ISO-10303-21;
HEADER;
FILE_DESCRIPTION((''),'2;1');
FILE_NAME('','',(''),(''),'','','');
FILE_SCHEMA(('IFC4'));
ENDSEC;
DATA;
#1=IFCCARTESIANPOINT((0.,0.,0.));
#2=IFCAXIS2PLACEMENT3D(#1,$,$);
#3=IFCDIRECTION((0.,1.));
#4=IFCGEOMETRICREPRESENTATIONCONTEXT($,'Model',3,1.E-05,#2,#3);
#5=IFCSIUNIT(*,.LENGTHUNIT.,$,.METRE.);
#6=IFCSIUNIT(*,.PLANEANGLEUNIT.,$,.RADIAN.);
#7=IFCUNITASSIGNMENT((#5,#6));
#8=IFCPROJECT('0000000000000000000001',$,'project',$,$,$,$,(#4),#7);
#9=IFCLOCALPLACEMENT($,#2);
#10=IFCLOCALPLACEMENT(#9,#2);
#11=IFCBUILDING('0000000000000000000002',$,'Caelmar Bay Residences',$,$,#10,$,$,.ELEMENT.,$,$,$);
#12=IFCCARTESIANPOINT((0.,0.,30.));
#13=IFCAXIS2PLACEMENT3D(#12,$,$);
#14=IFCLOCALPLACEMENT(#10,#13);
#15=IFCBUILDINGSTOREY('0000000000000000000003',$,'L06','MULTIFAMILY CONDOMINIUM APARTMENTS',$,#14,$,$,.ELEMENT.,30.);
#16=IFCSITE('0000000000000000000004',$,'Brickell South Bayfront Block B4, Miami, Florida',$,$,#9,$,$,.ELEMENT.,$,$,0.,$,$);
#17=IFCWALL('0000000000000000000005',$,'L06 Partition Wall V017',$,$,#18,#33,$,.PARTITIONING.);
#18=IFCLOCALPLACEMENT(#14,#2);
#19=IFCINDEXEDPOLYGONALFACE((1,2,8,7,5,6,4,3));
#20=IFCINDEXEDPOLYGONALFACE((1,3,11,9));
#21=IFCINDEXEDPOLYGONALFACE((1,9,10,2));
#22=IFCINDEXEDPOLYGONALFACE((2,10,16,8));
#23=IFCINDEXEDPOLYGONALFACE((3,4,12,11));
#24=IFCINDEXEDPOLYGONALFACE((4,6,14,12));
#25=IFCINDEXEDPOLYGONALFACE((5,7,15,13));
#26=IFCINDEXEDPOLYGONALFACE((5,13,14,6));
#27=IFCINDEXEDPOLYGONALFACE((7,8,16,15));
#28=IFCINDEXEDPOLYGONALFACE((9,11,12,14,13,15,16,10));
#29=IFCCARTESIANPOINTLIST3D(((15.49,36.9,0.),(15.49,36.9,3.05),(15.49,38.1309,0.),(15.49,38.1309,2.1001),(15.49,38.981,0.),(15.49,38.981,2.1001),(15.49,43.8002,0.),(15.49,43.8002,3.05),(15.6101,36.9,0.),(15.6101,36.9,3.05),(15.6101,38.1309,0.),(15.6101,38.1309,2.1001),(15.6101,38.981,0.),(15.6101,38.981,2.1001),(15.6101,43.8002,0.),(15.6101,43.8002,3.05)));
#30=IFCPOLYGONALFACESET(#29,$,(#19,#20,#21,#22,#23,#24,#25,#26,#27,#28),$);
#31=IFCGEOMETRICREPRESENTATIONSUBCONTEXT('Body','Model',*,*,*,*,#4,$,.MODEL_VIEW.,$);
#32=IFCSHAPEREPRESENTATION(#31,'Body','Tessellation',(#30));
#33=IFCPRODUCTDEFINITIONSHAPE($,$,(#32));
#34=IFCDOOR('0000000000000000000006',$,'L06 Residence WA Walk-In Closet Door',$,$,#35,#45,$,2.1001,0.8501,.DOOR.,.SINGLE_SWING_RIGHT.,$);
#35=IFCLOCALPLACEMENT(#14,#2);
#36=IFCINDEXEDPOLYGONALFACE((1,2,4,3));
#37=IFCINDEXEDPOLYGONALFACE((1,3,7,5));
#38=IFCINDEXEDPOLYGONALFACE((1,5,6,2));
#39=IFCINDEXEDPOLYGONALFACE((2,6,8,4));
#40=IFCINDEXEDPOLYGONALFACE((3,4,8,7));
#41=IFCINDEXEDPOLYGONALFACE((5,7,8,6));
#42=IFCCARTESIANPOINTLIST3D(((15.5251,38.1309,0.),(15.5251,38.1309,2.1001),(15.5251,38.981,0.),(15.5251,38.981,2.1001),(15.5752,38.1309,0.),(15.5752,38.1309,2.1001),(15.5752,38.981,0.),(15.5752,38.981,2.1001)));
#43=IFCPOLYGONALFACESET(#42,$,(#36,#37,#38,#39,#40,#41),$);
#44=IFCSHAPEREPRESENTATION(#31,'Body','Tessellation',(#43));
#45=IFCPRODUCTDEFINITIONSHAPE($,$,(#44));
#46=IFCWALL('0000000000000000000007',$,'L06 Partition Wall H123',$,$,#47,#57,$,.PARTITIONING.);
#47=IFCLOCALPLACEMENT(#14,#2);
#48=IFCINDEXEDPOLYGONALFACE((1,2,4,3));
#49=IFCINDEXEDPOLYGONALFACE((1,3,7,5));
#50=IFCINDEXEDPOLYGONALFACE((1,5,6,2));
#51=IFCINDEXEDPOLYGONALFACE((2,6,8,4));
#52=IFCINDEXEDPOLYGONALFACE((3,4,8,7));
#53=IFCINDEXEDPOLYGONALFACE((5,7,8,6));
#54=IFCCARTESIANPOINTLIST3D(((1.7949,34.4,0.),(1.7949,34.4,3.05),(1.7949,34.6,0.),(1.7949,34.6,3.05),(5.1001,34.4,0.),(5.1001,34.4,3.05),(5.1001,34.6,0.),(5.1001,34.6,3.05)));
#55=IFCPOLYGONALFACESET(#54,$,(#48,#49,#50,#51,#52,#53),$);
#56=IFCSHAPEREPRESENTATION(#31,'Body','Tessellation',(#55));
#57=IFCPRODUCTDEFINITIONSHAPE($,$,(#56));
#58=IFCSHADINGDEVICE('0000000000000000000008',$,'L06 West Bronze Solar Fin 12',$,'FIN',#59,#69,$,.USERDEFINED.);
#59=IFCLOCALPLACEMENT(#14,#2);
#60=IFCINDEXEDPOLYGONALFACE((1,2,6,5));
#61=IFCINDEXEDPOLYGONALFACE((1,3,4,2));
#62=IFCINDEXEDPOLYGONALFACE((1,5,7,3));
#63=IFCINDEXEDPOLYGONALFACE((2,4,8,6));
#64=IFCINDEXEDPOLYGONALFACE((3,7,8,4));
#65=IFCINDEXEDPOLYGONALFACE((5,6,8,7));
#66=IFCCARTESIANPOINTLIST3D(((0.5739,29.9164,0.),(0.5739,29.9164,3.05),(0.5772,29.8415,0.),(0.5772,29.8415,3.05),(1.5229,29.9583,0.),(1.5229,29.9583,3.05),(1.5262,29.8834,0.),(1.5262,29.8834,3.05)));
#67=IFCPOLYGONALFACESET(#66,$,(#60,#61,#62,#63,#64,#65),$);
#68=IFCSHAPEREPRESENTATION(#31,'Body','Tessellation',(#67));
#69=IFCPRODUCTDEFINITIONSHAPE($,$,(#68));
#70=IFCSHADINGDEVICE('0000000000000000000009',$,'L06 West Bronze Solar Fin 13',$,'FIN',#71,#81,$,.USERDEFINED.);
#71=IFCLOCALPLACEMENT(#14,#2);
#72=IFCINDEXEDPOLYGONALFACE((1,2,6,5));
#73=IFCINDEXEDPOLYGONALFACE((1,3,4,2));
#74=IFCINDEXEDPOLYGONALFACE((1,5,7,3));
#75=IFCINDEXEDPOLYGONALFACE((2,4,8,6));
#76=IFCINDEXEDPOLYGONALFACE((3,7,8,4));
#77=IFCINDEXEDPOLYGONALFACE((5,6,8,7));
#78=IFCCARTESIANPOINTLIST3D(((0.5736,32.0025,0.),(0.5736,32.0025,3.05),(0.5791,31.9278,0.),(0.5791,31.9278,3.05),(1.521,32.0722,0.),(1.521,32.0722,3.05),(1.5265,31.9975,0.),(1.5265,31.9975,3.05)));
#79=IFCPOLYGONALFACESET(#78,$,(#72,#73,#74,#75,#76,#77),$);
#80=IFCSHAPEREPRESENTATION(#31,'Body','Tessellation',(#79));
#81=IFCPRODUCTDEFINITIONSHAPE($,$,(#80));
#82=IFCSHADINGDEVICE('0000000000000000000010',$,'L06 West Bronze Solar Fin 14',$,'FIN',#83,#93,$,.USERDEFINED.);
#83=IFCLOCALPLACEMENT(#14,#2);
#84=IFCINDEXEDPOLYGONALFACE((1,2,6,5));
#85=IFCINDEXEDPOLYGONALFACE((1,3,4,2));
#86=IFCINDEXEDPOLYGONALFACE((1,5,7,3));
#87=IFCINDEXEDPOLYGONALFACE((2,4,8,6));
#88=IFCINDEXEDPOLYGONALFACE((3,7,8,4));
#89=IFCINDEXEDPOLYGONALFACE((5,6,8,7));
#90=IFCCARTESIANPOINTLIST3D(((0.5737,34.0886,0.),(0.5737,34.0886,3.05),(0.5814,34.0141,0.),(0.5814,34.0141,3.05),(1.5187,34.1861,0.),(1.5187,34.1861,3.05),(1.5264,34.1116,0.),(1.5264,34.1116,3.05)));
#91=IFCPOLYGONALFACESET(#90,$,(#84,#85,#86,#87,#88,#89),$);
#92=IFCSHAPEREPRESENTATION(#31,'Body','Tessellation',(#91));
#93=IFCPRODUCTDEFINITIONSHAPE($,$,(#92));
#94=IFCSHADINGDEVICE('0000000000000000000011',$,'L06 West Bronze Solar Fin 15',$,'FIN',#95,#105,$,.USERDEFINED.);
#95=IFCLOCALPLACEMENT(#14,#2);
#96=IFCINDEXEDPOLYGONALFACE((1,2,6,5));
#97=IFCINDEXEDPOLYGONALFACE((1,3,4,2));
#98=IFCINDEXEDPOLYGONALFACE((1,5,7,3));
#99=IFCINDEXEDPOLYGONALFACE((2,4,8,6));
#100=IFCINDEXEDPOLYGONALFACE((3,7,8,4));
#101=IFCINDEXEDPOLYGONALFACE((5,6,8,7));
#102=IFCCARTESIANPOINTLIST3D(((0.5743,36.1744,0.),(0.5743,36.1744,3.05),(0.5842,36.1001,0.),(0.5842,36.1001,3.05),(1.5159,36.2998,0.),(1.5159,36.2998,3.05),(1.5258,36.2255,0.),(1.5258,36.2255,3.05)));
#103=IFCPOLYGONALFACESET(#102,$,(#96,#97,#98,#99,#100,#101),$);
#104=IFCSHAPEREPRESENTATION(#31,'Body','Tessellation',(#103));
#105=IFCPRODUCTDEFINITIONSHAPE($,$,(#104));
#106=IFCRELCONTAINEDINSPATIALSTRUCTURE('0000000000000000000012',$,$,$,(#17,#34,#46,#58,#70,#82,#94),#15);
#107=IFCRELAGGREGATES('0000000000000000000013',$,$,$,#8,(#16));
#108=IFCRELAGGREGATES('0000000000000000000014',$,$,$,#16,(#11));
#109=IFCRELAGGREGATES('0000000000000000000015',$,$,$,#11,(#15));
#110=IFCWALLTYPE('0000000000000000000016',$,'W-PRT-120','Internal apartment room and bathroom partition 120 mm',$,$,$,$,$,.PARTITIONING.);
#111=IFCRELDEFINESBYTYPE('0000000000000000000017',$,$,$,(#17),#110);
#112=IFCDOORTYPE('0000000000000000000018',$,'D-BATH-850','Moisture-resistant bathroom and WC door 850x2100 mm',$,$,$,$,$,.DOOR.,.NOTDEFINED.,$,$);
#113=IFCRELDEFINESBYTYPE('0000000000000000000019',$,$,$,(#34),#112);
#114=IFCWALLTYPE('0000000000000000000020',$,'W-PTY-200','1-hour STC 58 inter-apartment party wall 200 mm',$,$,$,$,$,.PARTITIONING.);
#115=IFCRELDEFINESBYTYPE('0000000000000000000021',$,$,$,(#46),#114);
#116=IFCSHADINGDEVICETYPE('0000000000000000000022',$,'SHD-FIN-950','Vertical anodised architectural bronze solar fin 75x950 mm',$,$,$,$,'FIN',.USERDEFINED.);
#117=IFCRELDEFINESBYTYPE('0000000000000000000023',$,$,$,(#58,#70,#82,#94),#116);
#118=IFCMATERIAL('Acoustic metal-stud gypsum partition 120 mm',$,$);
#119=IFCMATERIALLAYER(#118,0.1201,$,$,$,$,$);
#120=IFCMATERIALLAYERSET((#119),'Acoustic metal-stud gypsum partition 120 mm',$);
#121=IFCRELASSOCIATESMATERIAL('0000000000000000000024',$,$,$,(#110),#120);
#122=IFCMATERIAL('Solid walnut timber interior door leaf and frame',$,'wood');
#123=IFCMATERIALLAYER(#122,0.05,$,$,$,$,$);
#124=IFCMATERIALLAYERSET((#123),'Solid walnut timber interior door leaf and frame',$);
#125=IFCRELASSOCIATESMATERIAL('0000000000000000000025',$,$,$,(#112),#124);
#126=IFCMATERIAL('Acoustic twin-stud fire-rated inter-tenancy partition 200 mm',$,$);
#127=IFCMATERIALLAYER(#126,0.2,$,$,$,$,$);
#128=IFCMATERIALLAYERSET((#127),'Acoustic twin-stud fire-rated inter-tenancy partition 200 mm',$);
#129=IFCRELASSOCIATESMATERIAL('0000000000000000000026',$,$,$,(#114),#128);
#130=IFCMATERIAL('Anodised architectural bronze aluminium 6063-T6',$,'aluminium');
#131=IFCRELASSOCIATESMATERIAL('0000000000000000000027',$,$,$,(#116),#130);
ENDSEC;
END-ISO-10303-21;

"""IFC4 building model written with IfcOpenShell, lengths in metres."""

from ifc_helpers import new_model, si_unit, direction, frame, frame_2d, origin, origin_2d, place, context, subcontext, project, spatial, rectangle, extrude, material, layer, layer_set, material_profile, profile_set, type_object, element, fill, save


model = new_model("IFC4")

# Units and contexts
model_context = context("Model", 3, precision=1e-05, world=origin(), true_north=direction((0.0, 1.0)))
body_context = subcontext(model_context, "Body", "Model", "MODEL_VIEW")
ifc_project = project(units=[si_unit("LENGTHUNIT", "METRE"), si_unit("PLANEANGLEUNIT", "RADIAN")], contexts=[model_context])

# Site, building, storey
site_placement = place(None, origin())
site = spatial("IfcSite", under=ifc_project, at=site_placement, Name="Brickell South Bayfront Block B4, Miami, Florida", CompositionType="ELEMENT", RefElevation=0.0)
building_placement = place(site_placement, origin())
building = spatial("IfcBuilding", under=site, at=building_placement, Name="Caelmar Bay Residences", CompositionType="ELEMENT")
storey_placement = place(building_placement, frame((0.0, 0.0, 30.0)))
storey = spatial("IfcBuildingStorey", under=building, at=storey_placement, Name="L06", Description="MULTIFAMILY CONDOMINIUM APARTMENTS", CompositionType="ELEMENT", Elevation=30.0)

# Shared definitions
ifc_material_1 = material(Name="Acoustic metal-stud gypsum partition 120 mm")
ifc_layer_1 = layer(ifc_material_1, 0.1201)
ifc_layer_set_1 = layer_set([ifc_layer_1], Name="Acoustic metal-stud gypsum partition 120 mm")
wall_type_1 = type_object("IfcWallType", Name="W-PRT-120", Description="Internal apartment room and bathroom partition 120 mm", PredefinedType="PARTITIONING", material=ifc_layer_set_1)

# Wall, opening, door
wall_1_placement = place(storey_placement, frame((15.55, 36.8999, 0.0), z_axis=(0.0, 0.0, 1.0), x_axis=(0.0, 1.0, 0.0)))
wall_1 = element("IfcWall", 1, at=wall_1_placement, inside=storey, type_object=wall_type_1, Name="L06 Partition Wall V017", PredefinedType="PARTITIONING", context=body_context, shape_type="SweptSolid", body=[
    extrude(rectangle(XDim=6.9001, YDim=0.1201, at=frame_2d((3.4502, 0.0))), origin(), (0.0, 0.0, 1.0), 3.05),
])
opening_1_placement = place(wall_1_placement, frame((1.231, 0.0, 0.0)))
opening_1 = element("IfcOpeningElement", 2, at=opening_1_placement, cuts=wall_1, PredefinedType="OPENING", context=body_context, shape_type="SweptSolid", body=[
    extrude(rectangle(XDim=0.8501, YDim=2.1001, at=frame_2d((0.425, 1.05))), frame((0.0, 0.0701, 0.0), z_axis=(0.0, -1.0, 0.0), x_axis=(1.0, 0.0, 0.0)), (0.0, 0.0, 1.0), 0.1401),
])
ifc_material_2 = material(Name="Solid walnut timber interior door leaf and frame", Category="wood")
ifc_layer_2 = layer(ifc_material_2, 0.05)
ifc_layer_set_2 = layer_set([ifc_layer_2], Name="Solid walnut timber interior door leaf and frame")
door_type_1 = type_object("IfcDoorType", Name="D-BATH-850", Description="Moisture-resistant bathroom and WC door 850x2100 mm", OperationType="NOTDEFINED", PredefinedType="DOOR", material=ifc_layer_set_2)
door_1_placement = place(opening_1_placement, origin())
door_1 = element("IfcDoor", 3, at=door_1_placement, inside=storey, type_object=door_type_1, Name="L06 Residence WA Walk-In Closet Door", OperationType="SINGLE_SWING_RIGHT", OverallHeight=2.1001, OverallWidth=0.8501, PredefinedType="DOOR", context=body_context, shape_type="SweptSolid", body=[
    extrude(rectangle(XDim=0.8501, YDim=2.1001, at=frame_2d((0.425, 1.05))), frame((0.0, 0.0249, 0.0), z_axis=(0.0, -1.0, 0.0), x_axis=(1.0, 0.0, 0.0)), (0.0, 0.0, 1.0), 0.05),
])
fill(opening_1, door_1)

# Wall
ifc_material_3 = material(Name="Acoustic twin-stud fire-rated inter-tenancy partition 200 mm")
ifc_layer_3 = layer(ifc_material_3, 0.2)
ifc_layer_set_3 = layer_set([ifc_layer_3], Name="Acoustic twin-stud fire-rated inter-tenancy partition 200 mm")
wall_type_2 = type_object("IfcWallType", Name="W-PTY-200", Description="1-hour STC 58 inter-apartment party wall 200 mm", PredefinedType="PARTITIONING", material=ifc_layer_set_3)
wall_2_placement = place(storey_placement, frame((1.7949, 34.5, 0.0), z_axis=(0.0, 0.0, 1.0), x_axis=(1.0, 0.0, 0.0)))
element("IfcWall", 4, at=wall_2_placement, inside=storey, type_object=wall_type_2, Name="L06 Partition Wall H123", PredefinedType="PARTITIONING", context=body_context, shape_type="SweptSolid", body=[
    extrude(rectangle(XDim=3.3052, YDim=0.2, at=frame_2d((1.6526, 0.0))), origin(), (0.0, 0.0, 1.0), 3.05),
])

# Shading devices
ifc_material_4 = material(Name="Anodised architectural bronze aluminium 6063-T6", Category="aluminium")
ifc_material_profile_1 = material_profile(ifc_material_4, rectangle(XDim=0.075, YDim=0.95, at=origin_2d()), Name="BRONZE-FIN-75X950")
ifc_profile_set_1 = profile_set([ifc_material_profile_1], Name="Anodised architectural bronze aluminium 6063-T6")
shading_device_type = type_object("IfcShadingDeviceType", Name="SHD-FIN-950", Description="Vertical anodised architectural bronze solar fin 75x950 mm", ElementType="FIN", PredefinedType="USERDEFINED", material=ifc_profile_set_1)
for number, where, z_axis, x_axis, name in (
    (5, (1.05, 29.8999, 0.0), (0.0, 0.0, 1.0), (-0.044142, 0.999025, 0.0), "L06 West Bronze Solar Fin 12"),
    (6, (1.05, 32.0, 0.0), (0.0, 0.0, 1.0), (-0.073412, 0.997302, 0.0), "L06 West Bronze Solar Fin 13"),
    (7, (1.05, 34.1001, 0.0), (0.0, 0.0, 1.0), (-0.102619, 0.994721, 0.0), "L06 West Bronze Solar Fin 14"),
    (8, (1.05, 36.2, 0.0), (0.0, 0.0, 1.0), (-0.13191, 0.991262, 0.0), "L06 West Bronze Solar Fin 15"),
):
    element("IfcShadingDevice", number, at=place(storey_placement, frame(where, z_axis=z_axis, x_axis=x_axis)), inside=storey, type_object=shading_device_type, Name=name, ObjectType="FIN", PredefinedType="USERDEFINED", context=body_context, shape_type="SweptSolid", body=[
        extrude(rectangle(XDim=0.075, YDim=0.95, at=origin_2d()), origin(), (0.0, 0.0, 1.0), 3.05),
    ])

save(model, "model.ifc")
